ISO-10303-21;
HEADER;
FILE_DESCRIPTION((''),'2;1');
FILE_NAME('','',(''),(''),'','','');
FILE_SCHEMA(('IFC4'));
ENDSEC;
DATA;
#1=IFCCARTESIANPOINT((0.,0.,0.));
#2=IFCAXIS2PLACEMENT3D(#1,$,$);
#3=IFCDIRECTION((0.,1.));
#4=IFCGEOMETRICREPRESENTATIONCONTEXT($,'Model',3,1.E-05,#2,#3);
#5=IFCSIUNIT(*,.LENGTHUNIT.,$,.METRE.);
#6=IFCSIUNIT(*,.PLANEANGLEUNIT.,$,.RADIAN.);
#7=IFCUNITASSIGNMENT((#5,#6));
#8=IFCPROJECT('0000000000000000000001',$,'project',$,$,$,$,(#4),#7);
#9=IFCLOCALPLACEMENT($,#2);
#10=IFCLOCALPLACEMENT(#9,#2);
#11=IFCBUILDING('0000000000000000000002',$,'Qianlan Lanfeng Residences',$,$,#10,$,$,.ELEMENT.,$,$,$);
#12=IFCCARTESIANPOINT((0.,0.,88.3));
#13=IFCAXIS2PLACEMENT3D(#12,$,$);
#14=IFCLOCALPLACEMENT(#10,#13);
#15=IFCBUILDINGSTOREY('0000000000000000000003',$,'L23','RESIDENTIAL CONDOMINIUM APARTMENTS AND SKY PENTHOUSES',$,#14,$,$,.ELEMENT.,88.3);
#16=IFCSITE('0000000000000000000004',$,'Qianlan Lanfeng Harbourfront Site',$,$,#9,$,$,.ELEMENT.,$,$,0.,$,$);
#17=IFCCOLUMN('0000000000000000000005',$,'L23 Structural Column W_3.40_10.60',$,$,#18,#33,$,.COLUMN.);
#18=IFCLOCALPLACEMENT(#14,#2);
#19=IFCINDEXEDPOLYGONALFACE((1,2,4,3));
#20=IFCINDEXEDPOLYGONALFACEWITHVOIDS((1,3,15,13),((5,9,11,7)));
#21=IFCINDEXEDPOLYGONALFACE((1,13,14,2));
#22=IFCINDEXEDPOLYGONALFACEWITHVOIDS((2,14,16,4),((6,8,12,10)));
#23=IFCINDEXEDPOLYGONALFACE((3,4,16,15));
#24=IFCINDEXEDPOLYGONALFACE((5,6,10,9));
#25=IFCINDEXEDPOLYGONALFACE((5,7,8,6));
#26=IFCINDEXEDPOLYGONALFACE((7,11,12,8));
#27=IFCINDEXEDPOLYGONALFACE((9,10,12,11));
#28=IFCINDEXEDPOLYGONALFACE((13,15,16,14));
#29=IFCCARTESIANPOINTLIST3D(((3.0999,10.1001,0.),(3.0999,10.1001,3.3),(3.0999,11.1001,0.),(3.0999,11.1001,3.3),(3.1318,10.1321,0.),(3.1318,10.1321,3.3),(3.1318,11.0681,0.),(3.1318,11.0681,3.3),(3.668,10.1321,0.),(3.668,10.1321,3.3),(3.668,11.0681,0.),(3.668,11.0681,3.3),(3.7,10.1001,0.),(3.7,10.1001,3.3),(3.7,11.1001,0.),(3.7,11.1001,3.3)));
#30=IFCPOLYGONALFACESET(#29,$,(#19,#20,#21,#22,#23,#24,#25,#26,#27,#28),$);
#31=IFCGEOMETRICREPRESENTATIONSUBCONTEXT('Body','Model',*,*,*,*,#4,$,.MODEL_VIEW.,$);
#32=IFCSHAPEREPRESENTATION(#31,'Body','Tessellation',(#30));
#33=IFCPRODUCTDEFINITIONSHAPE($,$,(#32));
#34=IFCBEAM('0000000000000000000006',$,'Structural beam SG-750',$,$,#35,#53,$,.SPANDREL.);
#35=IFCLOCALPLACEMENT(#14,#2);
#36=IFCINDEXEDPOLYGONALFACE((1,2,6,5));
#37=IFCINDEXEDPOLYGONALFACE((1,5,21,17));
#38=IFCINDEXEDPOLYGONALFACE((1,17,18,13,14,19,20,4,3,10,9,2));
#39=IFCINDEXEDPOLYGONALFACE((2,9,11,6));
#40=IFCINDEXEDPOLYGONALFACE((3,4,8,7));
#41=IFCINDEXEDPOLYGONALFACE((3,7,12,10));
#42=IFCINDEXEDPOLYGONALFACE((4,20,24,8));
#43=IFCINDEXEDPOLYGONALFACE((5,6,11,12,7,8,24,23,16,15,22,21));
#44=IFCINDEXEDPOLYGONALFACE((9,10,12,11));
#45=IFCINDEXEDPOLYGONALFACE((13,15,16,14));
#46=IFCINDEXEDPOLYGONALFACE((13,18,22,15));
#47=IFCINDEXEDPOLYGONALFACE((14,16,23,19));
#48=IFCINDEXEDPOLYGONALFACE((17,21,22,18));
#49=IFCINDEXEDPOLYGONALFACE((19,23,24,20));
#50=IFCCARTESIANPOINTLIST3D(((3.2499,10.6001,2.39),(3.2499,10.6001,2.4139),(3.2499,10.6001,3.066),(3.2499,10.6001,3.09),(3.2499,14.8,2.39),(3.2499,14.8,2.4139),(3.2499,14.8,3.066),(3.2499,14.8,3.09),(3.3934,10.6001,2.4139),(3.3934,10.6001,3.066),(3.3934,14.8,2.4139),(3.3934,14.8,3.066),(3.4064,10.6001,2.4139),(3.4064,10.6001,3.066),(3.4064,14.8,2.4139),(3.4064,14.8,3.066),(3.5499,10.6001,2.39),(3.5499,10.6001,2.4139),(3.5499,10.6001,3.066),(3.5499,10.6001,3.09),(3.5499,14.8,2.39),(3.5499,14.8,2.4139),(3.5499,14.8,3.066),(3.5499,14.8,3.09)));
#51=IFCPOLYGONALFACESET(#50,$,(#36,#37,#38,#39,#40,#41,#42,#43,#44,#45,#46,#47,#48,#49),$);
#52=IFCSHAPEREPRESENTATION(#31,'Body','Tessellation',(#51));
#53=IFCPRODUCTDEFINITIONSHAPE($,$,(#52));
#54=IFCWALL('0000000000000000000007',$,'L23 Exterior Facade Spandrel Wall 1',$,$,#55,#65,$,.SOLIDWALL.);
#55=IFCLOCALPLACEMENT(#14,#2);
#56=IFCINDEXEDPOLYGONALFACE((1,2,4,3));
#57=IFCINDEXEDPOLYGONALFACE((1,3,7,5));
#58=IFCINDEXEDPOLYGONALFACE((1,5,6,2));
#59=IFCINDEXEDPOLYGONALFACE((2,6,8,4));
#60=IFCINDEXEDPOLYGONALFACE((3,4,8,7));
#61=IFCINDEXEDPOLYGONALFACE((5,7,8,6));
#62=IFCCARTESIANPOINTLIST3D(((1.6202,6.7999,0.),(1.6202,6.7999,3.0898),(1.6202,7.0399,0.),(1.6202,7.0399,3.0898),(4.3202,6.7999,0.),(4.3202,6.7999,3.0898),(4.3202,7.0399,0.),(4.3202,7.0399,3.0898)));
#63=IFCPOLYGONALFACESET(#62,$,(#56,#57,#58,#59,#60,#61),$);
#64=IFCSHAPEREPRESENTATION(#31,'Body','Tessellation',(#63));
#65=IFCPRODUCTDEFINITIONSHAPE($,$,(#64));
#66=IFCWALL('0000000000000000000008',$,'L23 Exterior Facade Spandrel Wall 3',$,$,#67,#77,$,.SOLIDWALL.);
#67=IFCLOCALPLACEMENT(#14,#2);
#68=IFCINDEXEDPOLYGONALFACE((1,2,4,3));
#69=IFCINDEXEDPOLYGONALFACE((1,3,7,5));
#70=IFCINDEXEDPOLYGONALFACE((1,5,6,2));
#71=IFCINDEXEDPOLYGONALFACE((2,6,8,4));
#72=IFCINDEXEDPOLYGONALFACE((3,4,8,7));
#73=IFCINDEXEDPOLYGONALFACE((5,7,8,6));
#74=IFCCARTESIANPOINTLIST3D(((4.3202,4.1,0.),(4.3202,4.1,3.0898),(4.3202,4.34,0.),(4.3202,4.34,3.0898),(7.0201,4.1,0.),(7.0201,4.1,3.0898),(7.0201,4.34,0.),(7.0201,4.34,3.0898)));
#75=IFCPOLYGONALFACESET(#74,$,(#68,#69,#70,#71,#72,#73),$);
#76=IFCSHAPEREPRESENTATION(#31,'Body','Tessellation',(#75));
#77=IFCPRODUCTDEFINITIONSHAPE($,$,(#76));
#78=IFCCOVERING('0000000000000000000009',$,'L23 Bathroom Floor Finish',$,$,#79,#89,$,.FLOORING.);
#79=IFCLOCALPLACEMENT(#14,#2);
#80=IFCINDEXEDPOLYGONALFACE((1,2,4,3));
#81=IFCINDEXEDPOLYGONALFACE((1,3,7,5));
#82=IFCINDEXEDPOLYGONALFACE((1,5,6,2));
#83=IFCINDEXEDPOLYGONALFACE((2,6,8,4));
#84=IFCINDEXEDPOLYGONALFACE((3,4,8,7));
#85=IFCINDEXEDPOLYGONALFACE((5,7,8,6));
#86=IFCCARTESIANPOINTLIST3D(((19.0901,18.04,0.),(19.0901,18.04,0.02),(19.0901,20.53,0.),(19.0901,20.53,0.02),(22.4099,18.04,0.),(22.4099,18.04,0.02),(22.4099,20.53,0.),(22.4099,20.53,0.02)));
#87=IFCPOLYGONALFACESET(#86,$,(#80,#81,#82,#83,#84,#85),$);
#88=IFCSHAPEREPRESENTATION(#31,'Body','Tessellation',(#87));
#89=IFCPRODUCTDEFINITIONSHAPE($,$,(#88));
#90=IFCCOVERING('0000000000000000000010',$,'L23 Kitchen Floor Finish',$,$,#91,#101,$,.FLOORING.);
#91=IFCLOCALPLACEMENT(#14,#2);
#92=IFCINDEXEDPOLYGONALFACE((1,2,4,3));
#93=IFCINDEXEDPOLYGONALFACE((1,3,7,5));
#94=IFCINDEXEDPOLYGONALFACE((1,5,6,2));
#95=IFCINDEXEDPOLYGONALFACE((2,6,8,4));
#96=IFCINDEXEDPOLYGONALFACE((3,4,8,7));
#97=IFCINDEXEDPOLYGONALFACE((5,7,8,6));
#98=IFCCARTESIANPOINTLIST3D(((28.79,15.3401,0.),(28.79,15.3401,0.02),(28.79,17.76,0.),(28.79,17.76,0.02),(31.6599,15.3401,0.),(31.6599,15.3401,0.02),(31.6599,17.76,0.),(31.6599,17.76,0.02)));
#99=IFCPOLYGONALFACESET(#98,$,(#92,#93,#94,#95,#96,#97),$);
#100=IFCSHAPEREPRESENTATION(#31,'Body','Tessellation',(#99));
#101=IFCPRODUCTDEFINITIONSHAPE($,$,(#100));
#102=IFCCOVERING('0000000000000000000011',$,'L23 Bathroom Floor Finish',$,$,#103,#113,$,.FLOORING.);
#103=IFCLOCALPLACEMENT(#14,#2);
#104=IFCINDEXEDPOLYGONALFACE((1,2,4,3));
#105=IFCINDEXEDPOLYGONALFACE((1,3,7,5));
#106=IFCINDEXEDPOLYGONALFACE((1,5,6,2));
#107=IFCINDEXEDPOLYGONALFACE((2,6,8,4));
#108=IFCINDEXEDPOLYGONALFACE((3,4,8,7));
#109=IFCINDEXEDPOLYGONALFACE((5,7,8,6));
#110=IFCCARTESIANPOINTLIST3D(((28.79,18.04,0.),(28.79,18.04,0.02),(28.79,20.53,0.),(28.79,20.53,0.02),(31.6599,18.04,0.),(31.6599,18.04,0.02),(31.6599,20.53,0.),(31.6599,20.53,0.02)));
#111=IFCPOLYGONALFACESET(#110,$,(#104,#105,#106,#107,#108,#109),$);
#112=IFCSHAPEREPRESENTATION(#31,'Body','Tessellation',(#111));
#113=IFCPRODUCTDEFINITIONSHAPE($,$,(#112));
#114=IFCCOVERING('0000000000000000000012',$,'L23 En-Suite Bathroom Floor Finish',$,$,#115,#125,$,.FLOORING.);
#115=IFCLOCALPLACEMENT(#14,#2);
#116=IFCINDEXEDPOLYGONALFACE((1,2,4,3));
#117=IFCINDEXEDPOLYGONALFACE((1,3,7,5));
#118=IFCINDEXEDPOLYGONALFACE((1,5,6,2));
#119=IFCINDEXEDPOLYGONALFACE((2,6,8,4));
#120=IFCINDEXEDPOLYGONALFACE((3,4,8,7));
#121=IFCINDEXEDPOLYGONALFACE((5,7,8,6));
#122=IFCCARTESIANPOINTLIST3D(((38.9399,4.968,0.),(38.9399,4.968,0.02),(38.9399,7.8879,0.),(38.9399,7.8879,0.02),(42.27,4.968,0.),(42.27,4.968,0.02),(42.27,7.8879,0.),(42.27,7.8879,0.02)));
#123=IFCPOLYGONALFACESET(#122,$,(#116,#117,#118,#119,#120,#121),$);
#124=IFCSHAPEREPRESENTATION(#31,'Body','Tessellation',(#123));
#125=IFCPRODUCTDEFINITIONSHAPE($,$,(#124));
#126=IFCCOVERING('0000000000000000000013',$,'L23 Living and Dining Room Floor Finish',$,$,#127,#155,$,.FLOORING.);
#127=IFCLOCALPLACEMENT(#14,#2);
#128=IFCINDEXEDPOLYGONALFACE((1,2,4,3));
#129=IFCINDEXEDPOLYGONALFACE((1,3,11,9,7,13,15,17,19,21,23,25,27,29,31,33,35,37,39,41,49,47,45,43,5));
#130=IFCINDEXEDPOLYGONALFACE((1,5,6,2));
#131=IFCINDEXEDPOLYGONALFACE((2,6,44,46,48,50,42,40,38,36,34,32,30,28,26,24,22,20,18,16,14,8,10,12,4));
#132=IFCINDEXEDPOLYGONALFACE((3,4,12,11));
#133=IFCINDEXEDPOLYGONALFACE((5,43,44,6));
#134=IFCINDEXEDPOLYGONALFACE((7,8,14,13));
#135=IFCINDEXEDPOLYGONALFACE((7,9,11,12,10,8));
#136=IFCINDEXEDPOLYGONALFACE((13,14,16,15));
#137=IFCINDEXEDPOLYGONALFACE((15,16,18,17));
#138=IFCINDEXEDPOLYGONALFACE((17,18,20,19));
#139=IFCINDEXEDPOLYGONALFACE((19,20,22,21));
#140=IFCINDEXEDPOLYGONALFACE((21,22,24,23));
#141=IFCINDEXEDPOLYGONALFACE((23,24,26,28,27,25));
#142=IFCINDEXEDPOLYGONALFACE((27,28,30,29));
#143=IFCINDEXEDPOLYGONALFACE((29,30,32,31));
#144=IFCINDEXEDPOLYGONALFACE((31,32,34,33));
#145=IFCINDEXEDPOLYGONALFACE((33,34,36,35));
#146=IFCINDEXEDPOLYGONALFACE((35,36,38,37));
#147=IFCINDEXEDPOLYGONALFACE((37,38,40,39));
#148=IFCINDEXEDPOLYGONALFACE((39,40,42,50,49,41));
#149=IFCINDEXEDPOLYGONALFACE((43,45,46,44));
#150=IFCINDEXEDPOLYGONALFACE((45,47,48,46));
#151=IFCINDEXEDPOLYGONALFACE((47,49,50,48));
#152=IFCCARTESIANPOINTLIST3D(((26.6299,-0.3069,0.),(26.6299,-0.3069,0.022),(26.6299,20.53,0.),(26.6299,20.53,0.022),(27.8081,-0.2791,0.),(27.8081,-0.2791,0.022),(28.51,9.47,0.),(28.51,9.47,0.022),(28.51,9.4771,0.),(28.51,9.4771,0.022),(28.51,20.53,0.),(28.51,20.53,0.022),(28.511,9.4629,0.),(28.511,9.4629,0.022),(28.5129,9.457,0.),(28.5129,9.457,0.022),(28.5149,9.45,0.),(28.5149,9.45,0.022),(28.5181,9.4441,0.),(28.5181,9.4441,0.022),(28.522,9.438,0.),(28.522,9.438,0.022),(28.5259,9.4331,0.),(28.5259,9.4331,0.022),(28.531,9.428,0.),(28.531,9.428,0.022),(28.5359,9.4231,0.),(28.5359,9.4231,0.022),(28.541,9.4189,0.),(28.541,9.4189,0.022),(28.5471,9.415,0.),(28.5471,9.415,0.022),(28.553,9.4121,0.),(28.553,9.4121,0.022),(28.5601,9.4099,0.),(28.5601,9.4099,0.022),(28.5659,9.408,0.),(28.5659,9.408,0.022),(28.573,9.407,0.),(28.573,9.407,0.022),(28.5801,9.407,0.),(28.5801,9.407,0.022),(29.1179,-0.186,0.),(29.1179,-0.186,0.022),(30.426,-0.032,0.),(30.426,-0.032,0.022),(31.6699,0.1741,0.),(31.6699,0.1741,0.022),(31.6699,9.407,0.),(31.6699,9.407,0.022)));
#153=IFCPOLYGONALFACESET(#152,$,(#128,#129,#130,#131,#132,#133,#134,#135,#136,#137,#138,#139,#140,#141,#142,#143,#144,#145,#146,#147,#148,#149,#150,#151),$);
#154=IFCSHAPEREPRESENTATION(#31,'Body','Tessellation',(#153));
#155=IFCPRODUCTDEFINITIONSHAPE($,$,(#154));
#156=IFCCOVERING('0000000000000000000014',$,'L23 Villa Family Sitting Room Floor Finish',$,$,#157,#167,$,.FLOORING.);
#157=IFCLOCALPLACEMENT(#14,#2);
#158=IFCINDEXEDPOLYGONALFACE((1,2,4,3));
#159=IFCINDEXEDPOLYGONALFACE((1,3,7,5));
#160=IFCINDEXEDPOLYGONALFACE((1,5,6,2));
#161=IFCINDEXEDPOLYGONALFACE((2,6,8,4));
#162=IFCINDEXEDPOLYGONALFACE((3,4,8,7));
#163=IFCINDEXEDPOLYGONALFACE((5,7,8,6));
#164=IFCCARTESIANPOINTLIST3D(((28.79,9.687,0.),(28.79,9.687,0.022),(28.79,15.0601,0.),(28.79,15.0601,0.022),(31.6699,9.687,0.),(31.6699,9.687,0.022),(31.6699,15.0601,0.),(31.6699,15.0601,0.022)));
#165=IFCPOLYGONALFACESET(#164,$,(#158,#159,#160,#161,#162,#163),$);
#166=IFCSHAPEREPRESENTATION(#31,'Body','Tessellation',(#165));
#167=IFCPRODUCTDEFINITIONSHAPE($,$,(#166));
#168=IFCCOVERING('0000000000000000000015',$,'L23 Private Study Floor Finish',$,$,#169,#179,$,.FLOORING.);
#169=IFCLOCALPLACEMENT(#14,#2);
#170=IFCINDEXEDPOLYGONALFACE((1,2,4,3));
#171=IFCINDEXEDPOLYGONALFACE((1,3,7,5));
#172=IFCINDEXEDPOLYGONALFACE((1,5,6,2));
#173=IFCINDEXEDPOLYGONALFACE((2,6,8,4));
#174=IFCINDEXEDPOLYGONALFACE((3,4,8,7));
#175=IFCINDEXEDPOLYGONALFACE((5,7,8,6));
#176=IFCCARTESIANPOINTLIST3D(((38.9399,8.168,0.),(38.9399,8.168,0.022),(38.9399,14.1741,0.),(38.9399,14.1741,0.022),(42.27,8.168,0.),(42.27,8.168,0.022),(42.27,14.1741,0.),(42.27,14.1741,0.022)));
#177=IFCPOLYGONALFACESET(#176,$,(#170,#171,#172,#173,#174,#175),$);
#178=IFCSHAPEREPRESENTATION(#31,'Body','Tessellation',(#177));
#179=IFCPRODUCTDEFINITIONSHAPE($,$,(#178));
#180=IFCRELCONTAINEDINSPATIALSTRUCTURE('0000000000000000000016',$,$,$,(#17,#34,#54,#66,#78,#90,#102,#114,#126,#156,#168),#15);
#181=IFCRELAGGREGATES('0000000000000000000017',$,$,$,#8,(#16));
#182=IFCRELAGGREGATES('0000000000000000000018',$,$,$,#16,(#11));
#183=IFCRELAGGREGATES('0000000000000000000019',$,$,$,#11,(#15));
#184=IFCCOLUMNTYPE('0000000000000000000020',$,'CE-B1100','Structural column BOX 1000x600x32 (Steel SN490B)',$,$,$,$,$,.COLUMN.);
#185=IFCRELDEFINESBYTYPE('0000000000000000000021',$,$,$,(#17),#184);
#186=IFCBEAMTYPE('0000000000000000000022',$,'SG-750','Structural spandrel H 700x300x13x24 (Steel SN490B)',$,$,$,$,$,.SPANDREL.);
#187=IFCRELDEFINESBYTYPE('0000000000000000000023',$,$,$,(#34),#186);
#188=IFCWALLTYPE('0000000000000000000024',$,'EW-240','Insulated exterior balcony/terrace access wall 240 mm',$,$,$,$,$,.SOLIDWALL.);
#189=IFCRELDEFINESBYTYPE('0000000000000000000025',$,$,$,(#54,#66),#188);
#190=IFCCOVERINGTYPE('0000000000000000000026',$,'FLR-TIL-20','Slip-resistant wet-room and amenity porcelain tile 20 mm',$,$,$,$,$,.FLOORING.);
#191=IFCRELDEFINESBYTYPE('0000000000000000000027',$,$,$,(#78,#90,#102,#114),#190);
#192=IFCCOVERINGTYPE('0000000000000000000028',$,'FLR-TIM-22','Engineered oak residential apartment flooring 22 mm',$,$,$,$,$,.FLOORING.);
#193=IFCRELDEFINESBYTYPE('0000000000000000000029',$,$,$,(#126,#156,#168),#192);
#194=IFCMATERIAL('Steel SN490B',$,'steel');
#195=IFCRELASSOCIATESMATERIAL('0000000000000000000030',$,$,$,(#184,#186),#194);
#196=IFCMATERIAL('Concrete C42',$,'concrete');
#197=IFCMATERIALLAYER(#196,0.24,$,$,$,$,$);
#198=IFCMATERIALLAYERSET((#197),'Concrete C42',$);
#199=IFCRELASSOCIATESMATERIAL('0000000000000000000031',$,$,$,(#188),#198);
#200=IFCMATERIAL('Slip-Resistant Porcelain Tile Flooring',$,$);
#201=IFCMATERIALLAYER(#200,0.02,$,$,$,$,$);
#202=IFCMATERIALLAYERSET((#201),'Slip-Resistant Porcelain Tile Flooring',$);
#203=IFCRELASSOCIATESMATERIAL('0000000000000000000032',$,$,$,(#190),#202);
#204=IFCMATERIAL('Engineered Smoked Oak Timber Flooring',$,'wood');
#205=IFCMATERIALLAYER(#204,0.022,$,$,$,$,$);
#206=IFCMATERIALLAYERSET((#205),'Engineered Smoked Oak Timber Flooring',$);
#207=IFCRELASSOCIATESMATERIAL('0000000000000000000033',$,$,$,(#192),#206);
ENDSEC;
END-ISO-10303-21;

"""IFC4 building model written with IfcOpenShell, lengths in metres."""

from ifc_helpers import new_model, si_unit, direction, frame, frame_2d, origin, origin_2d, place, context, subcontext, project, spatial, polyline, rectangle, hollow_rectangle, i_section, outline, extrude, material, layer, layer_set, material_profile, profile_set, type_object, element, save


model = new_model("IFC4")

# Units and contexts
model_context = context("Model", 3, precision=1e-05, world=origin(), true_north=direction((0.0, 1.0)))
body_context = subcontext(model_context, "Body", "Model", "MODEL_VIEW")
ifc_project = project(units=[si_unit("LENGTHUNIT", "METRE"), si_unit("PLANEANGLEUNIT", "RADIAN")], contexts=[model_context])

# Site, building, storey
site_placement = place(None, origin())
site = spatial("IfcSite", under=ifc_project, at=site_placement, Name="Qianlan Lanfeng Harbourfront Site", CompositionType="ELEMENT", RefElevation=0.0)
building_placement = place(site_placement, origin())
building = spatial("IfcBuilding", under=site, at=building_placement, Name="Qianlan Lanfeng Residences", CompositionType="ELEMENT")
storey_placement = place(building_placement, frame((0.0, 0.0, 88.3)))
storey = spatial("IfcBuildingStorey", under=building, at=storey_placement, Name="L23", Description="RESIDENTIAL CONDOMINIUM APARTMENTS AND SKY PENTHOUSES", CompositionType="ELEMENT", Elevation=88.3)

# Column
ifc_material_1 = material(Name="Steel SN490B", Category="steel")
ifc_material_profile_1 = material_profile(ifc_material_1, hollow_rectangle(XDim=0.6001, YDim=1.0, WallThickness=0.032, at=origin_2d()), Name="BOX 1000x600x32")
ifc_profile_set_1 = profile_set([ifc_material_profile_1], Name="Steel SN490B")
column_type = type_object("IfcColumnType", Name="CE-B1100", Description="Structural column BOX 1000x600x32 (Steel SN490B)", PredefinedType="COLUMN", material=ifc_profile_set_1)
column_placement = place(storey_placement, frame((3.3999, 10.6001, 0.0), z_axis=(0.0, 0.0, 1.0), x_axis=(1.0, 0.0, 0.0)))
element("IfcColumn", 1, at=column_placement, inside=storey, type_object=column_type, Name="L23 Structural Column W_3.40_10.60", PredefinedType="COLUMN", context=body_context, shape_type="SweptSolid", body=[
    extrude(hollow_rectangle(XDim=0.6001, YDim=1.0, WallThickness=0.032, at=origin_2d()), origin(), (0.0, 0.0, 1.0), 3.3),
])

# Beam
ifc_material_profile_2 = material_profile(ifc_material_1, i_section(OverallWidth=0.3, OverallDepth=0.7, WebThickness=0.0129, FlangeThickness=0.0239, at=origin_2d()), Name="H 700x300x13x24")
ifc_profile_set_2 = profile_set([ifc_material_profile_2], Name="Steel SN490B")
beam_type = type_object("IfcBeamType", Name="SG-750", Description="Structural spandrel H 700x300x13x24 (Steel SN490B)", PredefinedType="SPANDREL", material=ifc_profile_set_2)
beam_placement = place(storey_placement, frame((3.3999, 10.6001, 2.74), z_axis=(0.0, 1.0, 0.0), x_axis=(-1.0, 0.0, 0.0)))
element("IfcBeam", 2, at=beam_placement, inside=storey, type_object=beam_type, Name="Structural beam SG-750", PredefinedType="SPANDREL", context=body_context, shape_type="SweptSolid", body=[
    extrude(i_section(OverallWidth=0.3, OverallDepth=0.7, WebThickness=0.0129, FlangeThickness=0.0239, at=origin_2d()), origin(), (0.0, 0.0, 1.0), 4.2),
])

# Walls
ifc_material_2 = material(Name="Concrete C42", Category="concrete")
ifc_layer_1 = layer(ifc_material_2, 0.24)
ifc_layer_set_1 = layer_set([ifc_layer_1], Name="Concrete C42")
wall_type = type_object("IfcWallType", Name="EW-240", Description="Insulated exterior balcony/terrace access wall 240 mm", PredefinedType="SOLIDWALL", material=ifc_layer_set_1)
for number, where, z_axis, x_axis, name in (
    (3, (1.6201, 6.9199, 0.0), (0.0, 0.0, 1.0), (1.0, 0.0, 0.0), "L23 Exterior Facade Spandrel Wall 1"),
    (4, (4.3201, 4.22, 0.0), (0.0, 0.0, 1.0), (1.0, 0.0, 0.0), "L23 Exterior Facade Spandrel Wall 3"),
):
    element("IfcWall", number, at=place(storey_placement, frame(where, z_axis=z_axis, x_axis=x_axis)), inside=storey, type_object=wall_type, Name=name, PredefinedType="SOLIDWALL", context=body_context, shape_type="SweptSolid", body=[
        extrude(rectangle(XDim=2.7, YDim=0.24, at=frame_2d((1.3501, 0.0))), origin(), (0.0, 0.0, 1.0), 3.0898),
    ])

# Coverings
ifc_material_3 = material(Name="Slip-Resistant Porcelain Tile Flooring")
ifc_layer_2 = layer(ifc_material_3, 0.02)
ifc_layer_set_2 = layer_set([ifc_layer_2], Name="Slip-Resistant Porcelain Tile Flooring")
covering_type_1 = type_object("IfcCoveringType", Name="FLR-TIL-20", Description="Slip-resistant wet-room and amenity porcelain tile 20 mm", PredefinedType="FLOORING", material=ifc_layer_set_2)
covering_1_placement = place(storey_placement, origin())
element("IfcCovering", 5, at=covering_1_placement, inside=storey, type_object=covering_type_1, Name="L23 Bathroom Floor Finish", PredefinedType="FLOORING", context=body_context, shape_type="SweptSolid", body=[
    extrude(outline(polyline([(19.0901, 18.04), (22.4099, 18.04), (22.4099, 20.53), (19.0901, 20.53), (19.0901, 18.04)])), origin(), (0.0, 0.0, 1.0), 0.02),
])
covering_2_placement = place(storey_placement, origin())
element("IfcCovering", 6, at=covering_2_placement, inside=storey, type_object=covering_type_1, Name="L23 Kitchen Floor Finish", PredefinedType="FLOORING", context=body_context, shape_type="SweptSolid", body=[
    extrude(outline(polyline([(28.79, 15.3401), (31.6599, 15.3401), (31.6599, 17.76), (28.79, 17.76), (28.79, 15.3401)])), origin(), (0.0, 0.0, 1.0), 0.02),
])
covering_3_placement = place(storey_placement, origin())
element("IfcCovering", 7, at=covering_3_placement, inside=storey, type_object=covering_type_1, Name="L23 Bathroom Floor Finish", PredefinedType="FLOORING", context=body_context, shape_type="SweptSolid", body=[
    extrude(outline(polyline([(28.79, 18.04), (31.6599, 18.04), (31.6599, 20.53), (28.79, 20.53), (28.79, 18.04)])), origin(), (0.0, 0.0, 1.0), 0.02),
])
covering_4_placement = place(storey_placement, origin())
element("IfcCovering", 8, at=covering_4_placement, inside=storey, type_object=covering_type_1, Name="L23 En-Suite Bathroom Floor Finish", PredefinedType="FLOORING", context=body_context, shape_type="SweptSolid", body=[
    extrude(outline(polyline([(38.9399, 4.968), (42.27, 4.968), (42.27, 7.8879), (38.9399, 7.8879), (38.9399, 4.968)])), origin(), (0.0, 0.0, 1.0), 0.02),
])
ifc_material_4 = material(Name="Engineered Smoked Oak Timber Flooring", Category="wood")
ifc_layer_3 = layer(ifc_material_4, 0.022)
ifc_layer_set_3 = layer_set([ifc_layer_3], Name="Engineered Smoked Oak Timber Flooring")
covering_type_2 = type_object("IfcCoveringType", Name="FLR-TIM-22", Description="Engineered oak residential apartment flooring 22 mm", PredefinedType="FLOORING", material=ifc_layer_set_3)
covering_5_placement = place(storey_placement, origin())
element("IfcCovering", 9, at=covering_5_placement, inside=storey, type_object=covering_type_2, Name="L23 Living and Dining Room Floor Finish", PredefinedType="FLOORING", context=body_context, shape_type="SweptSolid", body=[
    extrude(outline(polyline([(31.6699, 0.1741), (31.6699, 9.407), (28.5801, 9.407), (28.573, 9.407), (28.5659, 9.408), (28.5601, 9.4099), (28.553, 9.4121), (28.5471, 9.415), (28.541, 9.4189), (28.5359, 9.4231), (28.531, 9.428), (28.5259, 9.4331), (28.522, 9.438), (28.5181, 9.4441), (28.5149, 9.45), (28.5129, 9.457), (28.511, 9.4629), (28.51, 9.47), (28.51, 9.4771), (28.51, 20.53), (26.6299, 20.53), (26.6299, -0.3069), (27.8081, -0.2791), (29.1179, -0.186), (30.426, -0.032), (31.6699, 0.1741)])), origin(), (0.0, 0.0, 1.0), 0.022),
])
covering_6_placement = place(storey_placement, origin())
element("IfcCovering", 10, at=covering_6_placement, inside=storey, type_object=covering_type_2, Name="L23 Villa Family Sitting Room Floor Finish", PredefinedType="FLOORING", context=body_context, shape_type="SweptSolid", body=[
    extrude(outline(polyline([(28.79, 15.0601), (28.79, 9.687), (31.6699, 9.687), (31.6699, 15.0601), (28.79, 15.0601)])), origin(), (0.0, 0.0, 1.0), 0.022),
])
covering_7_placement = place(storey_placement, origin())
element("IfcCovering", 11, at=covering_7_placement, inside=storey, type_object=covering_type_2, Name="L23 Private Study Floor Finish", PredefinedType="FLOORING", context=body_context, shape_type="SweptSolid", body=[
    extrude(outline(polyline([(38.9399, 8.168), (42.27, 8.168), (42.27, 14.1741), (38.9399, 14.1741), (38.9399, 8.168)])), origin(), (0.0, 0.0, 1.0), 0.022),
])

save(model, "model.ifc")
